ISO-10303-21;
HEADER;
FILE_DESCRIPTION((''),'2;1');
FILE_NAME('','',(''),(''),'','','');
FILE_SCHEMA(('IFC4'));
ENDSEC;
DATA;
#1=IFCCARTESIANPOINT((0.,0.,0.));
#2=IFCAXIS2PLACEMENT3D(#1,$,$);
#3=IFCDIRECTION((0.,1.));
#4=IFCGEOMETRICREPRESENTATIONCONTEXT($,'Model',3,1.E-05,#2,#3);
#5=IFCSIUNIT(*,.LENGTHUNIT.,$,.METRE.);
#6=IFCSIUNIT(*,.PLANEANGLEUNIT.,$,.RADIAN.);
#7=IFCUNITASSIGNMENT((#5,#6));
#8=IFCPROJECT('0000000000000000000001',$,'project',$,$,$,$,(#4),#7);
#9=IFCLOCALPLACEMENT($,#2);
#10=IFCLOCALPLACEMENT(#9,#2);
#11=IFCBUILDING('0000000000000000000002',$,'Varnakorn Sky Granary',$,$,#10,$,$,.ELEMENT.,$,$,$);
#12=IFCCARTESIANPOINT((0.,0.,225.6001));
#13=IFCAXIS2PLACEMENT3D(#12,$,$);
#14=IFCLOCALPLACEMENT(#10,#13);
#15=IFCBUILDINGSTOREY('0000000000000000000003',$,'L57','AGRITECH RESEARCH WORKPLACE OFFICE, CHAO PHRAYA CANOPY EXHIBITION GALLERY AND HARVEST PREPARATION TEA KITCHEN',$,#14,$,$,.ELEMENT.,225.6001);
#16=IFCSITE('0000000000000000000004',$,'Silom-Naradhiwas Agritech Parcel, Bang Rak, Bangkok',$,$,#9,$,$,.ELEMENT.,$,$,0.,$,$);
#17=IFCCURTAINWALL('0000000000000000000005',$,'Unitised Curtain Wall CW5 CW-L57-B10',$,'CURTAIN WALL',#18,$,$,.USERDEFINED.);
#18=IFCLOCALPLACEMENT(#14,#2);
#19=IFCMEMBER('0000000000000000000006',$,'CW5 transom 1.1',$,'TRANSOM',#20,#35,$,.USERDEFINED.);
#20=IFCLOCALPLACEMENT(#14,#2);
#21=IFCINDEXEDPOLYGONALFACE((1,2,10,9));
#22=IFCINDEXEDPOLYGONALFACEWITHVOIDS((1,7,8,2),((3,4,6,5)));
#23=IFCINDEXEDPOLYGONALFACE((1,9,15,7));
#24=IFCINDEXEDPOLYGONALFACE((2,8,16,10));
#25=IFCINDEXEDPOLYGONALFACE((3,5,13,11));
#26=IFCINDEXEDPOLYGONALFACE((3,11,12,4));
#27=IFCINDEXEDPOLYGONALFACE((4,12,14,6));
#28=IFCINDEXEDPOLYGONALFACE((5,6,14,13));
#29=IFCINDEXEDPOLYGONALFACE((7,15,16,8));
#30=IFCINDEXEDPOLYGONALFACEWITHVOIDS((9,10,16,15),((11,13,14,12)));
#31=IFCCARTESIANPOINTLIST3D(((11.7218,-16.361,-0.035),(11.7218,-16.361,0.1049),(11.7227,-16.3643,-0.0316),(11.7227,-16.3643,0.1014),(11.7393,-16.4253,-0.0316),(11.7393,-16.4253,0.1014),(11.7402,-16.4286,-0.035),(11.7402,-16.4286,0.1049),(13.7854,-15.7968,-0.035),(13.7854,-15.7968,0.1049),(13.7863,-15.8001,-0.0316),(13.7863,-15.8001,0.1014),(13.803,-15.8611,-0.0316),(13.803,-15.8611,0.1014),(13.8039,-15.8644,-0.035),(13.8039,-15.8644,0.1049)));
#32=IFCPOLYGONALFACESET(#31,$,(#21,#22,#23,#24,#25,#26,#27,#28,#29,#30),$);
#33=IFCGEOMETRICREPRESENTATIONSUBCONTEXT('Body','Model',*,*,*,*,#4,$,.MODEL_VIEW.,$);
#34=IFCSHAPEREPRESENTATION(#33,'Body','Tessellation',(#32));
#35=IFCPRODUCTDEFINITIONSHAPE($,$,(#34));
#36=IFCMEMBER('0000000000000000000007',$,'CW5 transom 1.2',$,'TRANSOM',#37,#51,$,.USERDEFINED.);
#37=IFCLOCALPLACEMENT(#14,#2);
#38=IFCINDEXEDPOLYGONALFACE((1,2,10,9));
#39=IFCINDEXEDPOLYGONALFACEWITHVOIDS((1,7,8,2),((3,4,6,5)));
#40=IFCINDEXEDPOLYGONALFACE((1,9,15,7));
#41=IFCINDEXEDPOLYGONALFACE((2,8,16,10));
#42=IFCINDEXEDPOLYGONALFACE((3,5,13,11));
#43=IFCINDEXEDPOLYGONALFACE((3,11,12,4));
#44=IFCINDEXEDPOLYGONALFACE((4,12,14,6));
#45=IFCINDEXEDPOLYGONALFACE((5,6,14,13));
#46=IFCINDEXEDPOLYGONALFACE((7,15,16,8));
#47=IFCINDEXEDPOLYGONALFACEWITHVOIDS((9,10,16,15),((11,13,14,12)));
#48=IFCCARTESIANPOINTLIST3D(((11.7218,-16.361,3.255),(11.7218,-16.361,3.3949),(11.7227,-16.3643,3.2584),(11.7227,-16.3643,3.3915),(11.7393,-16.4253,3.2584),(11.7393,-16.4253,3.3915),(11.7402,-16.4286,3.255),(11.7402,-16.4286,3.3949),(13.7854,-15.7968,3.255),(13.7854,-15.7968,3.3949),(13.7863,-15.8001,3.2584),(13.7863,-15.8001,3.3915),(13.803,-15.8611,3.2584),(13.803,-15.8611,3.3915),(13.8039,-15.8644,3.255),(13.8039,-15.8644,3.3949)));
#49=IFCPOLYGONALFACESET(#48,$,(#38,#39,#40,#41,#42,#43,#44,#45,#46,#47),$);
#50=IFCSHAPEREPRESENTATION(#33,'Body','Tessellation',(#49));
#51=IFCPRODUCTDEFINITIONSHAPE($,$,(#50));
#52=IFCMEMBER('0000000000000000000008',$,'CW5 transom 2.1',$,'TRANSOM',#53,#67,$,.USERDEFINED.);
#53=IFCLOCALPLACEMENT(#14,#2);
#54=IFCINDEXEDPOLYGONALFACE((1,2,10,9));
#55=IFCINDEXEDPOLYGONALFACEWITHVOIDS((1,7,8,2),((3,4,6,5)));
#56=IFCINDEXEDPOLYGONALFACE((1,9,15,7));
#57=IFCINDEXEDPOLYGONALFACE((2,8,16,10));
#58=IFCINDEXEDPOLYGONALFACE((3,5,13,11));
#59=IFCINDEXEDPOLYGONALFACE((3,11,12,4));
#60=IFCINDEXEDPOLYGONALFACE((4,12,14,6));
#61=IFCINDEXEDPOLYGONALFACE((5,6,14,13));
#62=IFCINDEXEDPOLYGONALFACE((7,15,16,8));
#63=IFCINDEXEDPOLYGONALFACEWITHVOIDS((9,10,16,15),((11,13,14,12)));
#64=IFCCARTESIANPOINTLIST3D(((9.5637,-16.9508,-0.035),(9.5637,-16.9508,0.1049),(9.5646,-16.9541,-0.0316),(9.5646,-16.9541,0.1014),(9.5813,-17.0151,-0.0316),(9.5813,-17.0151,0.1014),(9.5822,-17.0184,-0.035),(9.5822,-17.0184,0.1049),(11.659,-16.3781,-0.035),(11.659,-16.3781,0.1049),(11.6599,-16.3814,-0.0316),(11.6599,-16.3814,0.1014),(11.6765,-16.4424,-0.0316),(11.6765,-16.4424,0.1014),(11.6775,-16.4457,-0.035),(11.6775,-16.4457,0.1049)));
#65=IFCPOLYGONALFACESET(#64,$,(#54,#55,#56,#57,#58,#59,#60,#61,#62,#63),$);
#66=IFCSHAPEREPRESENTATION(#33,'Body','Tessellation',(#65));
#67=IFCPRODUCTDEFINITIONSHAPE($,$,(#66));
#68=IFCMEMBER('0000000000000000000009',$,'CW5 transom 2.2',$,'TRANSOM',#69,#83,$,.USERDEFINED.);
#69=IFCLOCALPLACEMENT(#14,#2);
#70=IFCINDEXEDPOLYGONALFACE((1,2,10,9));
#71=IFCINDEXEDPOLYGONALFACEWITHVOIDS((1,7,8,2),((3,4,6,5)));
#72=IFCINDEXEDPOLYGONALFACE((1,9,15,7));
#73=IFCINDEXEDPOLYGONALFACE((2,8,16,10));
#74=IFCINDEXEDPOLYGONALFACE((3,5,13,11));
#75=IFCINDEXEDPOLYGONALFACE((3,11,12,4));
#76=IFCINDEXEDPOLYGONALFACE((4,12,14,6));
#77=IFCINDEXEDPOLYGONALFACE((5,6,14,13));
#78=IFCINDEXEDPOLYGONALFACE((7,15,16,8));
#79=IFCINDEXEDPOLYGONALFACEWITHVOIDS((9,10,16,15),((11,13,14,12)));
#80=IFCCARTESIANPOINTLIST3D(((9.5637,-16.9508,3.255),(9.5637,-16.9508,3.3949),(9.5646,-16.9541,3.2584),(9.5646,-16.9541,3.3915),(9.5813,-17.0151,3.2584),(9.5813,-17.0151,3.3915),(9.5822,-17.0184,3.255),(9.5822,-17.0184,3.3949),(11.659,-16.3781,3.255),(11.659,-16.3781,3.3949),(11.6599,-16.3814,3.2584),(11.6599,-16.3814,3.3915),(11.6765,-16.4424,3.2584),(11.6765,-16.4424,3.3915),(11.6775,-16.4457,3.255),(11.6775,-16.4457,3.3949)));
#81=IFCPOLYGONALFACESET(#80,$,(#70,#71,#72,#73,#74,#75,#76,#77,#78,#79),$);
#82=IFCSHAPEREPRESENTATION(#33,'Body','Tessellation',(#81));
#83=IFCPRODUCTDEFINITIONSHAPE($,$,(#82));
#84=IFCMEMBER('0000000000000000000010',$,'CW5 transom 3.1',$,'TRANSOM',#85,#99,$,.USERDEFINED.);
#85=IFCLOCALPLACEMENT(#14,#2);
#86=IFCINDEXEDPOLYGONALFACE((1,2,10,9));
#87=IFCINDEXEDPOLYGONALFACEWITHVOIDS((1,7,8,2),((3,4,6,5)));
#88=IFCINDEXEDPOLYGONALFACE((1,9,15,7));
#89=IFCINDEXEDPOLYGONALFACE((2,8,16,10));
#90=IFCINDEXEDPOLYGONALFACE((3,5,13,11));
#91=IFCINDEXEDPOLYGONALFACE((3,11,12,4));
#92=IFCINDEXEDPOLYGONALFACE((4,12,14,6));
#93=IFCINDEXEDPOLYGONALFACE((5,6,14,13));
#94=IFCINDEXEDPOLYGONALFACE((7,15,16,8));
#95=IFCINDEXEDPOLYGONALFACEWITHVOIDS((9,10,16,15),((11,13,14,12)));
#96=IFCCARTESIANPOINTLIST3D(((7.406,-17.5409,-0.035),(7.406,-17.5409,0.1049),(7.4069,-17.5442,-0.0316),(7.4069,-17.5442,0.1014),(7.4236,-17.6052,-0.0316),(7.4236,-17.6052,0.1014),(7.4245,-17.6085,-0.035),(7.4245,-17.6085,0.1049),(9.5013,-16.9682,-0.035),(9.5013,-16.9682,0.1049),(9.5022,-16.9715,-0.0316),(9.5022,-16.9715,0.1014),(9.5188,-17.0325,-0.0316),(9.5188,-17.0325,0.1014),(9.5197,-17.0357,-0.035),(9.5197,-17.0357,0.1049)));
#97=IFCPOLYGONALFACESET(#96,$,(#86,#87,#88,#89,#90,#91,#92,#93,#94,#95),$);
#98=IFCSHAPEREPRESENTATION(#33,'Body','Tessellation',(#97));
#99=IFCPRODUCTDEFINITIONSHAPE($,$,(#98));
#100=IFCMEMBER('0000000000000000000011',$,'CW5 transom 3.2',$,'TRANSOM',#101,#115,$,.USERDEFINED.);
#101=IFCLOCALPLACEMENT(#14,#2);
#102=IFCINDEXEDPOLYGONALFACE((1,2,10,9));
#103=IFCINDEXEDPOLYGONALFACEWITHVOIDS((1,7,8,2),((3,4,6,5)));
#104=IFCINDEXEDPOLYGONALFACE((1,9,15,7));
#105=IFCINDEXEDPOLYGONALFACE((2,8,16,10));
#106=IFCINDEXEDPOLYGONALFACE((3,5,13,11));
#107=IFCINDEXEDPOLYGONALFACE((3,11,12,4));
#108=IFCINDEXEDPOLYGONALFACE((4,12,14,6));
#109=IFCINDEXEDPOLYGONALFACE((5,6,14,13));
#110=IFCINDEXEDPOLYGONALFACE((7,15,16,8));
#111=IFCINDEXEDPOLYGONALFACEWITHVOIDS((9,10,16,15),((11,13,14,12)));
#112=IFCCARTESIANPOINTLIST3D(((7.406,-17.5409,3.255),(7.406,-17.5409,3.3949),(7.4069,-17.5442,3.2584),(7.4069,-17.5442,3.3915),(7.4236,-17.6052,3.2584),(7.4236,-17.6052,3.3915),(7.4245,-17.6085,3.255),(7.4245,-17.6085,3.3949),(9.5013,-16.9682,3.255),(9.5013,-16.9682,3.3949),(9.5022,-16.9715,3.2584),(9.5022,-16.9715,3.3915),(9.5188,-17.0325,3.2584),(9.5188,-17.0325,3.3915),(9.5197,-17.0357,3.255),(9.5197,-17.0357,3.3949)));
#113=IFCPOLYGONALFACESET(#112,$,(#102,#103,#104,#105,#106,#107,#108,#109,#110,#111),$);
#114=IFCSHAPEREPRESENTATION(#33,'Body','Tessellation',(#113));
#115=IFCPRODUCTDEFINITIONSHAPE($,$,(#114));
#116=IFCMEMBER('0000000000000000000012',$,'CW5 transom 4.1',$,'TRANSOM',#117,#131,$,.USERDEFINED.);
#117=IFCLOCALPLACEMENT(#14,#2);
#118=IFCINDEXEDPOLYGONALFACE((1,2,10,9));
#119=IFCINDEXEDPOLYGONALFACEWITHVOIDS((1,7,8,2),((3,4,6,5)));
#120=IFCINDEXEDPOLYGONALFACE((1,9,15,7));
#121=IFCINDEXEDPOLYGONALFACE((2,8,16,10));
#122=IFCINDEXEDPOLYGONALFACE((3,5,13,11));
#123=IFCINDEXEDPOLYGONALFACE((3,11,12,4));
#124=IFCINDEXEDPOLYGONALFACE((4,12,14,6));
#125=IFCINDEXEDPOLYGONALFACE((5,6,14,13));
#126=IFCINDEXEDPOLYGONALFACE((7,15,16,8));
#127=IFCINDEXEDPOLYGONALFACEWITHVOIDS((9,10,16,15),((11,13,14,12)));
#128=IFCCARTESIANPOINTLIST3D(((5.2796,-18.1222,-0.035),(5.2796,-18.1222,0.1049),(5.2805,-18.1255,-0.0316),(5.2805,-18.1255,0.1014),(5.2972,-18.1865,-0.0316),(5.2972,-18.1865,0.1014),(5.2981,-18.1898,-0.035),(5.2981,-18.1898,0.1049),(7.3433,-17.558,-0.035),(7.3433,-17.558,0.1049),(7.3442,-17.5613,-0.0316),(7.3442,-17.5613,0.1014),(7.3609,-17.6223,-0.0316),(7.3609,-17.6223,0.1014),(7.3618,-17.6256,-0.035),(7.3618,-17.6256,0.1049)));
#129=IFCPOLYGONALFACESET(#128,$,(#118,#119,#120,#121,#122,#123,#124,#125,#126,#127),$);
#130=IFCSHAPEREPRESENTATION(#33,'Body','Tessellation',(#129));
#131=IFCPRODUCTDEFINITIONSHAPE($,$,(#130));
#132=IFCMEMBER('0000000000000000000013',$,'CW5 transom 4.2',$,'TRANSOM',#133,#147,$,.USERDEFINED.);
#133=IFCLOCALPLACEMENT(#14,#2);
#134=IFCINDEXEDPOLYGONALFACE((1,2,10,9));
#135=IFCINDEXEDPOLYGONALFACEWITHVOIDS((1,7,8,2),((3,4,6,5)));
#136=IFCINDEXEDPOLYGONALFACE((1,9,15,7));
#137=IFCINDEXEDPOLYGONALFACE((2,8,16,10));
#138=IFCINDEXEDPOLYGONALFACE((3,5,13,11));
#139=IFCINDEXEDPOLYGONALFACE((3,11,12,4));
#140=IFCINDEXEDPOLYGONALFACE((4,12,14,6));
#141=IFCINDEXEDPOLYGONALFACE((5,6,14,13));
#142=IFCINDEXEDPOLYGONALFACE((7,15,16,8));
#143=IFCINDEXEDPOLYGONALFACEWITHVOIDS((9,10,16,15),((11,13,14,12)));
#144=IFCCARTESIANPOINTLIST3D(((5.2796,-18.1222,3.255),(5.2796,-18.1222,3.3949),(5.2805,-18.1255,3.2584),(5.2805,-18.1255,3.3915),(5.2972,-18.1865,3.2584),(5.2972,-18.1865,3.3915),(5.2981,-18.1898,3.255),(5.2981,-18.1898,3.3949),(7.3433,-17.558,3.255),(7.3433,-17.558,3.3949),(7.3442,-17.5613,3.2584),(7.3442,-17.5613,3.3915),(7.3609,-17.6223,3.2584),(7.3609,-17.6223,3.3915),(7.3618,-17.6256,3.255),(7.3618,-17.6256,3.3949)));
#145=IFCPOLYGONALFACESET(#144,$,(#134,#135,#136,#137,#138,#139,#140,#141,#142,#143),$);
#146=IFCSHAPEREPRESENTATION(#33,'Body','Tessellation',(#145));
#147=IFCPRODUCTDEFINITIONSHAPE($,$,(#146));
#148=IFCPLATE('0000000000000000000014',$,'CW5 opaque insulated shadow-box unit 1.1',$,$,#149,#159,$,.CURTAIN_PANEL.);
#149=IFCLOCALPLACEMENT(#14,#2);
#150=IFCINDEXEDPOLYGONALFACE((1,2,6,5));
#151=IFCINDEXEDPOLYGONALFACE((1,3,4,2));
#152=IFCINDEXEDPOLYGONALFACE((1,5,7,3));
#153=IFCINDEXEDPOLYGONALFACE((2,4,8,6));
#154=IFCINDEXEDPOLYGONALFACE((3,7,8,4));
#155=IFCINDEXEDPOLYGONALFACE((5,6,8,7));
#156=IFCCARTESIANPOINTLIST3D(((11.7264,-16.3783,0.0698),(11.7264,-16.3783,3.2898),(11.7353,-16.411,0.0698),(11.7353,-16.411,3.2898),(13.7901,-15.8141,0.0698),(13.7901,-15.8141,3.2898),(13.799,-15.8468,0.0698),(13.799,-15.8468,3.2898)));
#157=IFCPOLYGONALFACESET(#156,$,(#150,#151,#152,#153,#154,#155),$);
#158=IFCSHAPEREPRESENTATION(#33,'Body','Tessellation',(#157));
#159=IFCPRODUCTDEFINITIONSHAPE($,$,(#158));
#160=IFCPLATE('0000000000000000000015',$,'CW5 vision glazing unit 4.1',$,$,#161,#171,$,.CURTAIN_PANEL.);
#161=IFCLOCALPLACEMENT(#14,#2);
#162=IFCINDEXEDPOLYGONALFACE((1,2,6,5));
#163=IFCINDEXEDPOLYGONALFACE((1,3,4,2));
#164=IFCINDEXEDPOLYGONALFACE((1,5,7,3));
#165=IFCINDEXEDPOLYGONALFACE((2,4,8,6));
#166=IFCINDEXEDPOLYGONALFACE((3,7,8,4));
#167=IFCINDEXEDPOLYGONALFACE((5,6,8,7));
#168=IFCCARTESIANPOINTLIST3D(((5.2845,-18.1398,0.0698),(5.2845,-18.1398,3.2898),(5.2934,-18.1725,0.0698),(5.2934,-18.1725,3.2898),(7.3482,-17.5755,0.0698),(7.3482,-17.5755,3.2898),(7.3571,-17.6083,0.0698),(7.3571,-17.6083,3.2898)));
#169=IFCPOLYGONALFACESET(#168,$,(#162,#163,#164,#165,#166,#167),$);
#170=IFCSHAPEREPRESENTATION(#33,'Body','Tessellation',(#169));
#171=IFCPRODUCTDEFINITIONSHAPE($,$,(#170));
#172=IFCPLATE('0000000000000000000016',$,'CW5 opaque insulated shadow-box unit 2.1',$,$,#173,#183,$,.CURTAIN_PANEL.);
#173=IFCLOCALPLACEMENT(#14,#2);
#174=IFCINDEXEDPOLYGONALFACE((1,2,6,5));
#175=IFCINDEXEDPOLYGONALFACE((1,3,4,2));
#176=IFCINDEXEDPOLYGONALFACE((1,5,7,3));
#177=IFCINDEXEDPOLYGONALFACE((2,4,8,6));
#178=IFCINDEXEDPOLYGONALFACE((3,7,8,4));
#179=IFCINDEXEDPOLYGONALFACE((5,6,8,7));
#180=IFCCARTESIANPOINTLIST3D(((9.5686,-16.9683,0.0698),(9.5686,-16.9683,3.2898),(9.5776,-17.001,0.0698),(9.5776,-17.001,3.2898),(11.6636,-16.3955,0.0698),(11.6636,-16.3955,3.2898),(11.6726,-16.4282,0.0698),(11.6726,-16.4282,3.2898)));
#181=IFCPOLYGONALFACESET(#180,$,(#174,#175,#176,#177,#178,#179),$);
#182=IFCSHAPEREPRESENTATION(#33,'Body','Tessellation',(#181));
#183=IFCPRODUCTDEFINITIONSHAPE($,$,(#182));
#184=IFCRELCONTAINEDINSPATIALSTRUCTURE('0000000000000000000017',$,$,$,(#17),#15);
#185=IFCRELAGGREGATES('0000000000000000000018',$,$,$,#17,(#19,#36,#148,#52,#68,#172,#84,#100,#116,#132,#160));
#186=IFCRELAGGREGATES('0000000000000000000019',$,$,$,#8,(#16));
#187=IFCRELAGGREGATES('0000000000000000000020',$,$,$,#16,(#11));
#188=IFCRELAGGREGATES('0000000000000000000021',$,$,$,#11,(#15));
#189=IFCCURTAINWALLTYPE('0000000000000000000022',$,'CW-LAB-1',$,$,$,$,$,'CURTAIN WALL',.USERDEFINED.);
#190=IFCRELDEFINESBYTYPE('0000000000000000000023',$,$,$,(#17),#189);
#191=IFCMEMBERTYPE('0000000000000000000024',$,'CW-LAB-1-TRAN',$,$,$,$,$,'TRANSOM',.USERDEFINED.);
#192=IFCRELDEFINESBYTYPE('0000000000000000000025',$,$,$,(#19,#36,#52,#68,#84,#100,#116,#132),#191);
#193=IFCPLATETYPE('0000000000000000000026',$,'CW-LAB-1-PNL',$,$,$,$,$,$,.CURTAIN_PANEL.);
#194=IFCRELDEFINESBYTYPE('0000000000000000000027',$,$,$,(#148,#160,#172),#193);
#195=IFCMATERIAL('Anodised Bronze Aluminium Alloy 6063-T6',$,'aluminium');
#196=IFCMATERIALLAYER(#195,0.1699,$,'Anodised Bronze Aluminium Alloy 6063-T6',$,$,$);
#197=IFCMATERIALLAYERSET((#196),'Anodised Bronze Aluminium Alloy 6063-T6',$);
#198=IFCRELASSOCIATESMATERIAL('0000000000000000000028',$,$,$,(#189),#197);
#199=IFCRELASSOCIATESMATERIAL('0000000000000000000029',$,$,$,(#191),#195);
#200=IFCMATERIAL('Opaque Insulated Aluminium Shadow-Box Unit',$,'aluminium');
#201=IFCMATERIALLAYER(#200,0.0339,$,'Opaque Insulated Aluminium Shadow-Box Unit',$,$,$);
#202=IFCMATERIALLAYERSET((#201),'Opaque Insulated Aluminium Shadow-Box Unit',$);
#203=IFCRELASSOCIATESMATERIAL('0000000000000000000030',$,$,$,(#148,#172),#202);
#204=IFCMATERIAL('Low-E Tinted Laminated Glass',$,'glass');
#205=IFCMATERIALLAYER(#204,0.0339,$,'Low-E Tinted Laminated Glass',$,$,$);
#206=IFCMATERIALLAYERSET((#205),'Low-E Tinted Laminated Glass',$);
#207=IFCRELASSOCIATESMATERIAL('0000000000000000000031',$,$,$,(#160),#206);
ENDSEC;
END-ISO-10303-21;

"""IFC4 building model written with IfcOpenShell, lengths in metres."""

from ifc_helpers import new_model, si_unit, direction, frame, origin, origin_2d, place, context, subcontext, project, spatial, rectangle, hollow_rectangle, extrude, source, transform, mapped, material, layer, layer_set, material_profile, profile_set, type_object, type_shapes, element, aggregate, save


model = new_model("IFC4")

# Units and contexts
model_context = context("Model", 3, precision=1e-05, world=origin(), true_north=direction((0.0, 1.0)))
body_context = subcontext(model_context, "Body", "Model", "MODEL_VIEW")
ifc_project = project(units=[si_unit("LENGTHUNIT", "METRE"), si_unit("PLANEANGLEUNIT", "RADIAN")], contexts=[model_context])

# Site, building, storey
site_placement = place(None, origin())
site = spatial("IfcSite", under=ifc_project, at=site_placement, Name="Silom-Naradhiwas Agritech Parcel, Bang Rak, Bangkok", CompositionType="ELEMENT", RefElevation=0.0)
building_placement = place(site_placement, origin())
building = spatial("IfcBuilding", under=site, at=building_placement, Name="Varnakorn Sky Granary", CompositionType="ELEMENT")
storey_placement = place(building_placement, frame((0.0, 0.0, 225.6001)))
storey = spatial("IfcBuildingStorey", under=building, at=storey_placement, Name="L57", Description="AGRITECH RESEARCH WORKPLACE OFFICE, CHAO PHRAYA CANOPY EXHIBITION GALLERY AND HARVEST PREPARATION TEA KITCHEN", CompositionType="ELEMENT", Elevation=225.6001)

# Curtain wall, members, plates
ifc_material_1 = material(Name="Anodised Bronze Aluminium Alloy 6063-T6", Category="aluminium")
ifc_layer_1 = layer(ifc_material_1, 0.1699, Name="Anodised Bronze Aluminium Alloy 6063-T6")
ifc_layer_set_1 = layer_set([ifc_layer_1], Name="Anodised Bronze Aluminium Alloy 6063-T6")
curtain_wall_type = type_object("IfcCurtainWallType", Name="CW-LAB-1", ElementType="CURTAIN WALL", PredefinedType="USERDEFINED", material=ifc_layer_set_1)
curtain_wall_placement = place(storey_placement, origin())
curtain_wall = element("IfcCurtainWall", 1, at=curtain_wall_placement, inside=storey, type_object=curtain_wall_type, Name="Unitised Curtain Wall CW5 CW-L57-B10", ObjectType="CURTAIN WALL", PredefinedType="USERDEFINED")
ifc_material_profile_1 = material_profile(ifc_material_1, hollow_rectangle(XDim=0.0701, YDim=0.1399, WallThickness=0.0034, at=origin_2d()), Name="ALU TRAN 70x140")
ifc_profile_set_1 = profile_set([ifc_material_profile_1], Name="Anodised Bronze Aluminium Alloy 6063-T6")
member_type_1 = type_object("IfcMemberType", Name="CW-LAB-1-TRAN", ElementType="TRANSOM", PredefinedType="USERDEFINED", material=ifc_profile_set_1)
member_1_placement = place(storey_placement, frame((13.7947, -15.8306, 0.0349), z_axis=(-0.9646, -0.263716, 0.0), x_axis=(0.263716, -0.9646, 0.0)))
member_1 = element("IfcMember", 2, at=member_1_placement, type_object=member_type_1, Name="CW5 transom 1.1", ObjectType="TRANSOM", PredefinedType="USERDEFINED", context=body_context, shape_type="SweptSolid", body=[
    extrude(hollow_rectangle(XDim=0.0701, YDim=0.1399, WallThickness=0.0034, at=origin_2d()), origin(), (0.0, 0.0, 1.0), 2.1394),
])
member_2_placement = place(storey_placement, frame((13.7947, -15.8306, 3.325), z_axis=(-0.9646, -0.263716, 0.0), x_axis=(0.263716, -0.9646, 0.0)))
member_2 = element("IfcMember", 3, at=member_2_placement, type_object=member_type_1, Name="CW5 transom 1.2", ObjectType="TRANSOM", PredefinedType="USERDEFINED", context=body_context, shape_type="SweptSolid", body=[
    extrude(hollow_rectangle(XDim=0.0701, YDim=0.1399, WallThickness=0.0034, at=origin_2d()), origin(), (0.0, 0.0, 1.0), 2.1394),
])
member_3_placement = place(storey_placement, frame((11.6682, -16.4119, 0.0349), z_axis=(-0.964608, -0.263688, 0.0), x_axis=(0.263688, -0.964608, 0.0)))
member_3 = element("IfcMember", 4, at=member_3_placement, type_object=member_type_1, Name="CW5 transom 2.1", ObjectType="TRANSOM", PredefinedType="USERDEFINED", context=body_context, shape_type="SweptSolid", body=[
    extrude(hollow_rectangle(XDim=0.0701, YDim=0.1399, WallThickness=0.0034, at=origin_2d()), origin(), (0.0, 0.0, 1.0), 2.1721),
])
member_4_placement = place(storey_placement, frame((11.6682, -16.4119, 3.325), z_axis=(-0.964608, -0.263688, 0.0), x_axis=(0.263688, -0.964608, 0.0)))
member_4 = element("IfcMember", 5, at=member_4_placement, type_object=member_type_1, Name="CW5 transom 2.2", ObjectType="TRANSOM", PredefinedType="USERDEFINED", context=body_context, shape_type="SweptSolid", body=[
    extrude(hollow_rectangle(XDim=0.0701, YDim=0.1399, WallThickness=0.0034, at=origin_2d()), origin(), (0.0, 0.0, 1.0), 2.1721),
])
member_5_placement = place(storey_placement, frame((9.5105, -17.002, 0.0349), z_axis=(-0.964608, -0.263688, 0.0), x_axis=(0.263688, -0.964608, 0.0)))
member_5 = element("IfcMember", 6, at=member_5_placement, type_object=member_type_1, Name="CW5 transom 3.1", ObjectType="TRANSOM", PredefinedType="USERDEFINED", context=body_context, shape_type="SweptSolid", body=[
    extrude(hollow_rectangle(XDim=0.0701, YDim=0.1399, WallThickness=0.0034, at=origin_2d()), origin(), (0.0, 0.0, 1.0), 2.1721),
])
member_6_placement = place(storey_placement, frame((9.5105, -17.002, 3.325), z_axis=(-0.964608, -0.263688, 0.0), x_axis=(0.263688, -0.964608, 0.0)))
member_6 = element("IfcMember", 7, at=member_6_placement, type_object=member_type_1, Name="CW5 transom 3.2", ObjectType="TRANSOM", PredefinedType="USERDEFINED", context=body_context, shape_type="SweptSolid", body=[
    extrude(hollow_rectangle(XDim=0.0701, YDim=0.1399, WallThickness=0.0034, at=origin_2d()), origin(), (0.0, 0.0, 1.0), 2.1721),
])
member_7_placement = place(storey_placement, frame((7.3525, -17.5918, 0.0349), z_axis=(-0.9646, -0.263716, 0.0), x_axis=(0.263716, -0.9646, 0.0)))
member_7 = element("IfcMember", 8, at=member_7_placement, type_object=member_type_1, Name="CW5 transom 4.1", ObjectType="TRANSOM", PredefinedType="USERDEFINED", context=body_context, shape_type="SweptSolid", body=[
    extrude(hollow_rectangle(XDim=0.0701, YDim=0.1399, WallThickness=0.0034, at=origin_2d()), origin(), (0.0, 0.0, 1.0), 2.1394),
])
member_8_placement = place(storey_placement, frame((7.3525, -17.5918, 3.325), z_axis=(-0.9646, -0.263716, 0.0), x_axis=(0.263716, -0.9646, 0.0)))
member_8 = element("IfcMember", 9, at=member_8_placement, type_object=member_type_1, Name="CW5 transom 4.2", ObjectType="TRANSOM", PredefinedType="USERDEFINED", context=body_context, shape_type="SweptSolid", body=[
    extrude(hollow_rectangle(XDim=0.0701, YDim=0.1399, WallThickness=0.0034, at=origin_2d()), origin(), (0.0, 0.0, 1.0), 2.1394),
])
ifc_material_2 = material(Name="Opaque Insulated Aluminium Shadow-Box Unit", Category="aluminium")
ifc_layer_2 = layer(ifc_material_2, 0.0339, Name="Opaque Insulated Aluminium Shadow-Box Unit")
ifc_layer_set_2 = layer_set([ifc_layer_2], Name="Opaque Insulated Aluminium Shadow-Box Unit")
plate_type = type_object("IfcPlateType", Name="CW-LAB-1-PNL", PredefinedType="CURTAIN_PANEL")
shared_shape_1 = source(origin(), body_context, "Body", "SweptSolid", [
    extrude(rectangle(XDim=2.1394, YDim=0.0339, at=origin_2d()), origin(), (0.0, 0.0, 1.0), 3.22),
])
plate_1_placement = place(storey_placement, frame((12.7627, -16.1125, 0.0698), z_axis=(0.0, 0.0, 1.0), x_axis=(-0.964597, -0.263727, 0.0)))
plate_1 = element("IfcPlate", 10, at=plate_1_placement, type_object=plate_type, material=ifc_layer_set_2, Name="CW5 opaque insulated shadow-box unit 1.1", PredefinedType="CURTAIN_PANEL", context=body_context, shape_type="MappedRepresentation", body=[
    mapped(shared_shape_1, transform((0.0, 0.0, 0.0), x_axis=(1.0, 0.0, 0.0), y_axis=(0.0, 1.0, 0.0), z_axis=(0.0, 0.0, 1.0), scale=1.0)),
])
ifc_material_3 = material(Name="Low-E Tinted Laminated Glass", Category="glass")
ifc_layer_3 = layer(ifc_material_3, 0.0339, Name="Low-E Tinted Laminated Glass")
ifc_layer_set_3 = layer_set([ifc_layer_3], Name="Low-E Tinted Laminated Glass")
plate_2_placement = place(storey_placement, frame((6.3208, -17.874, 0.0698), z_axis=(0.0, 0.0, 1.0), x_axis=(-0.964597, -0.263727, 0.0)))
plate_2 = element("IfcPlate", 11, at=plate_2_placement, type_object=plate_type, material=ifc_layer_set_3, Name="CW5 vision glazing unit 4.1", PredefinedType="CURTAIN_PANEL", context=body_context, shape_type="MappedRepresentation", body=[
    mapped(shared_shape_1, transform((0.0, 0.0, 0.0), x_axis=(1.0, 0.0, 0.0), y_axis=(0.0, 1.0, 0.0), z_axis=(0.0, 0.0, 1.0), scale=1.0)),
])
shared_shape_2 = source(origin(), body_context, "Body", "SweptSolid", [
    extrude(rectangle(XDim=2.1719, YDim=0.0339, at=origin_2d()), origin(), (0.0, 0.0, 1.0), 3.22),
])
type_shapes(plate_type, [shared_shape_1, shared_shape_2])
plate_3_placement = place(storey_placement, frame((10.6206, -16.6982, 0.0698), z_axis=(0.0, 0.0, 1.0), x_axis=(-0.964597, -0.263727, 0.0)))
plate_3 = element("IfcPlate", 12, at=plate_3_placement, type_object=plate_type, material=ifc_layer_set_2, Name="CW5 opaque insulated shadow-box unit 2.1", PredefinedType="CURTAIN_PANEL", context=body_context, shape_type="MappedRepresentation", body=[
    mapped(shared_shape_2, transform((0.0, 0.0, 0.0), x_axis=(1.0, 0.0, 0.0), y_axis=(0.0, 1.0, 0.0), z_axis=(0.0, 0.0, 1.0), scale=1.0)),
])
aggregate(curtain_wall, [member_1, member_2, plate_1, member_3, member_4, plate_3, member_5, member_6, member_7, member_8, plate_2])

save(model, "model.ifc")
